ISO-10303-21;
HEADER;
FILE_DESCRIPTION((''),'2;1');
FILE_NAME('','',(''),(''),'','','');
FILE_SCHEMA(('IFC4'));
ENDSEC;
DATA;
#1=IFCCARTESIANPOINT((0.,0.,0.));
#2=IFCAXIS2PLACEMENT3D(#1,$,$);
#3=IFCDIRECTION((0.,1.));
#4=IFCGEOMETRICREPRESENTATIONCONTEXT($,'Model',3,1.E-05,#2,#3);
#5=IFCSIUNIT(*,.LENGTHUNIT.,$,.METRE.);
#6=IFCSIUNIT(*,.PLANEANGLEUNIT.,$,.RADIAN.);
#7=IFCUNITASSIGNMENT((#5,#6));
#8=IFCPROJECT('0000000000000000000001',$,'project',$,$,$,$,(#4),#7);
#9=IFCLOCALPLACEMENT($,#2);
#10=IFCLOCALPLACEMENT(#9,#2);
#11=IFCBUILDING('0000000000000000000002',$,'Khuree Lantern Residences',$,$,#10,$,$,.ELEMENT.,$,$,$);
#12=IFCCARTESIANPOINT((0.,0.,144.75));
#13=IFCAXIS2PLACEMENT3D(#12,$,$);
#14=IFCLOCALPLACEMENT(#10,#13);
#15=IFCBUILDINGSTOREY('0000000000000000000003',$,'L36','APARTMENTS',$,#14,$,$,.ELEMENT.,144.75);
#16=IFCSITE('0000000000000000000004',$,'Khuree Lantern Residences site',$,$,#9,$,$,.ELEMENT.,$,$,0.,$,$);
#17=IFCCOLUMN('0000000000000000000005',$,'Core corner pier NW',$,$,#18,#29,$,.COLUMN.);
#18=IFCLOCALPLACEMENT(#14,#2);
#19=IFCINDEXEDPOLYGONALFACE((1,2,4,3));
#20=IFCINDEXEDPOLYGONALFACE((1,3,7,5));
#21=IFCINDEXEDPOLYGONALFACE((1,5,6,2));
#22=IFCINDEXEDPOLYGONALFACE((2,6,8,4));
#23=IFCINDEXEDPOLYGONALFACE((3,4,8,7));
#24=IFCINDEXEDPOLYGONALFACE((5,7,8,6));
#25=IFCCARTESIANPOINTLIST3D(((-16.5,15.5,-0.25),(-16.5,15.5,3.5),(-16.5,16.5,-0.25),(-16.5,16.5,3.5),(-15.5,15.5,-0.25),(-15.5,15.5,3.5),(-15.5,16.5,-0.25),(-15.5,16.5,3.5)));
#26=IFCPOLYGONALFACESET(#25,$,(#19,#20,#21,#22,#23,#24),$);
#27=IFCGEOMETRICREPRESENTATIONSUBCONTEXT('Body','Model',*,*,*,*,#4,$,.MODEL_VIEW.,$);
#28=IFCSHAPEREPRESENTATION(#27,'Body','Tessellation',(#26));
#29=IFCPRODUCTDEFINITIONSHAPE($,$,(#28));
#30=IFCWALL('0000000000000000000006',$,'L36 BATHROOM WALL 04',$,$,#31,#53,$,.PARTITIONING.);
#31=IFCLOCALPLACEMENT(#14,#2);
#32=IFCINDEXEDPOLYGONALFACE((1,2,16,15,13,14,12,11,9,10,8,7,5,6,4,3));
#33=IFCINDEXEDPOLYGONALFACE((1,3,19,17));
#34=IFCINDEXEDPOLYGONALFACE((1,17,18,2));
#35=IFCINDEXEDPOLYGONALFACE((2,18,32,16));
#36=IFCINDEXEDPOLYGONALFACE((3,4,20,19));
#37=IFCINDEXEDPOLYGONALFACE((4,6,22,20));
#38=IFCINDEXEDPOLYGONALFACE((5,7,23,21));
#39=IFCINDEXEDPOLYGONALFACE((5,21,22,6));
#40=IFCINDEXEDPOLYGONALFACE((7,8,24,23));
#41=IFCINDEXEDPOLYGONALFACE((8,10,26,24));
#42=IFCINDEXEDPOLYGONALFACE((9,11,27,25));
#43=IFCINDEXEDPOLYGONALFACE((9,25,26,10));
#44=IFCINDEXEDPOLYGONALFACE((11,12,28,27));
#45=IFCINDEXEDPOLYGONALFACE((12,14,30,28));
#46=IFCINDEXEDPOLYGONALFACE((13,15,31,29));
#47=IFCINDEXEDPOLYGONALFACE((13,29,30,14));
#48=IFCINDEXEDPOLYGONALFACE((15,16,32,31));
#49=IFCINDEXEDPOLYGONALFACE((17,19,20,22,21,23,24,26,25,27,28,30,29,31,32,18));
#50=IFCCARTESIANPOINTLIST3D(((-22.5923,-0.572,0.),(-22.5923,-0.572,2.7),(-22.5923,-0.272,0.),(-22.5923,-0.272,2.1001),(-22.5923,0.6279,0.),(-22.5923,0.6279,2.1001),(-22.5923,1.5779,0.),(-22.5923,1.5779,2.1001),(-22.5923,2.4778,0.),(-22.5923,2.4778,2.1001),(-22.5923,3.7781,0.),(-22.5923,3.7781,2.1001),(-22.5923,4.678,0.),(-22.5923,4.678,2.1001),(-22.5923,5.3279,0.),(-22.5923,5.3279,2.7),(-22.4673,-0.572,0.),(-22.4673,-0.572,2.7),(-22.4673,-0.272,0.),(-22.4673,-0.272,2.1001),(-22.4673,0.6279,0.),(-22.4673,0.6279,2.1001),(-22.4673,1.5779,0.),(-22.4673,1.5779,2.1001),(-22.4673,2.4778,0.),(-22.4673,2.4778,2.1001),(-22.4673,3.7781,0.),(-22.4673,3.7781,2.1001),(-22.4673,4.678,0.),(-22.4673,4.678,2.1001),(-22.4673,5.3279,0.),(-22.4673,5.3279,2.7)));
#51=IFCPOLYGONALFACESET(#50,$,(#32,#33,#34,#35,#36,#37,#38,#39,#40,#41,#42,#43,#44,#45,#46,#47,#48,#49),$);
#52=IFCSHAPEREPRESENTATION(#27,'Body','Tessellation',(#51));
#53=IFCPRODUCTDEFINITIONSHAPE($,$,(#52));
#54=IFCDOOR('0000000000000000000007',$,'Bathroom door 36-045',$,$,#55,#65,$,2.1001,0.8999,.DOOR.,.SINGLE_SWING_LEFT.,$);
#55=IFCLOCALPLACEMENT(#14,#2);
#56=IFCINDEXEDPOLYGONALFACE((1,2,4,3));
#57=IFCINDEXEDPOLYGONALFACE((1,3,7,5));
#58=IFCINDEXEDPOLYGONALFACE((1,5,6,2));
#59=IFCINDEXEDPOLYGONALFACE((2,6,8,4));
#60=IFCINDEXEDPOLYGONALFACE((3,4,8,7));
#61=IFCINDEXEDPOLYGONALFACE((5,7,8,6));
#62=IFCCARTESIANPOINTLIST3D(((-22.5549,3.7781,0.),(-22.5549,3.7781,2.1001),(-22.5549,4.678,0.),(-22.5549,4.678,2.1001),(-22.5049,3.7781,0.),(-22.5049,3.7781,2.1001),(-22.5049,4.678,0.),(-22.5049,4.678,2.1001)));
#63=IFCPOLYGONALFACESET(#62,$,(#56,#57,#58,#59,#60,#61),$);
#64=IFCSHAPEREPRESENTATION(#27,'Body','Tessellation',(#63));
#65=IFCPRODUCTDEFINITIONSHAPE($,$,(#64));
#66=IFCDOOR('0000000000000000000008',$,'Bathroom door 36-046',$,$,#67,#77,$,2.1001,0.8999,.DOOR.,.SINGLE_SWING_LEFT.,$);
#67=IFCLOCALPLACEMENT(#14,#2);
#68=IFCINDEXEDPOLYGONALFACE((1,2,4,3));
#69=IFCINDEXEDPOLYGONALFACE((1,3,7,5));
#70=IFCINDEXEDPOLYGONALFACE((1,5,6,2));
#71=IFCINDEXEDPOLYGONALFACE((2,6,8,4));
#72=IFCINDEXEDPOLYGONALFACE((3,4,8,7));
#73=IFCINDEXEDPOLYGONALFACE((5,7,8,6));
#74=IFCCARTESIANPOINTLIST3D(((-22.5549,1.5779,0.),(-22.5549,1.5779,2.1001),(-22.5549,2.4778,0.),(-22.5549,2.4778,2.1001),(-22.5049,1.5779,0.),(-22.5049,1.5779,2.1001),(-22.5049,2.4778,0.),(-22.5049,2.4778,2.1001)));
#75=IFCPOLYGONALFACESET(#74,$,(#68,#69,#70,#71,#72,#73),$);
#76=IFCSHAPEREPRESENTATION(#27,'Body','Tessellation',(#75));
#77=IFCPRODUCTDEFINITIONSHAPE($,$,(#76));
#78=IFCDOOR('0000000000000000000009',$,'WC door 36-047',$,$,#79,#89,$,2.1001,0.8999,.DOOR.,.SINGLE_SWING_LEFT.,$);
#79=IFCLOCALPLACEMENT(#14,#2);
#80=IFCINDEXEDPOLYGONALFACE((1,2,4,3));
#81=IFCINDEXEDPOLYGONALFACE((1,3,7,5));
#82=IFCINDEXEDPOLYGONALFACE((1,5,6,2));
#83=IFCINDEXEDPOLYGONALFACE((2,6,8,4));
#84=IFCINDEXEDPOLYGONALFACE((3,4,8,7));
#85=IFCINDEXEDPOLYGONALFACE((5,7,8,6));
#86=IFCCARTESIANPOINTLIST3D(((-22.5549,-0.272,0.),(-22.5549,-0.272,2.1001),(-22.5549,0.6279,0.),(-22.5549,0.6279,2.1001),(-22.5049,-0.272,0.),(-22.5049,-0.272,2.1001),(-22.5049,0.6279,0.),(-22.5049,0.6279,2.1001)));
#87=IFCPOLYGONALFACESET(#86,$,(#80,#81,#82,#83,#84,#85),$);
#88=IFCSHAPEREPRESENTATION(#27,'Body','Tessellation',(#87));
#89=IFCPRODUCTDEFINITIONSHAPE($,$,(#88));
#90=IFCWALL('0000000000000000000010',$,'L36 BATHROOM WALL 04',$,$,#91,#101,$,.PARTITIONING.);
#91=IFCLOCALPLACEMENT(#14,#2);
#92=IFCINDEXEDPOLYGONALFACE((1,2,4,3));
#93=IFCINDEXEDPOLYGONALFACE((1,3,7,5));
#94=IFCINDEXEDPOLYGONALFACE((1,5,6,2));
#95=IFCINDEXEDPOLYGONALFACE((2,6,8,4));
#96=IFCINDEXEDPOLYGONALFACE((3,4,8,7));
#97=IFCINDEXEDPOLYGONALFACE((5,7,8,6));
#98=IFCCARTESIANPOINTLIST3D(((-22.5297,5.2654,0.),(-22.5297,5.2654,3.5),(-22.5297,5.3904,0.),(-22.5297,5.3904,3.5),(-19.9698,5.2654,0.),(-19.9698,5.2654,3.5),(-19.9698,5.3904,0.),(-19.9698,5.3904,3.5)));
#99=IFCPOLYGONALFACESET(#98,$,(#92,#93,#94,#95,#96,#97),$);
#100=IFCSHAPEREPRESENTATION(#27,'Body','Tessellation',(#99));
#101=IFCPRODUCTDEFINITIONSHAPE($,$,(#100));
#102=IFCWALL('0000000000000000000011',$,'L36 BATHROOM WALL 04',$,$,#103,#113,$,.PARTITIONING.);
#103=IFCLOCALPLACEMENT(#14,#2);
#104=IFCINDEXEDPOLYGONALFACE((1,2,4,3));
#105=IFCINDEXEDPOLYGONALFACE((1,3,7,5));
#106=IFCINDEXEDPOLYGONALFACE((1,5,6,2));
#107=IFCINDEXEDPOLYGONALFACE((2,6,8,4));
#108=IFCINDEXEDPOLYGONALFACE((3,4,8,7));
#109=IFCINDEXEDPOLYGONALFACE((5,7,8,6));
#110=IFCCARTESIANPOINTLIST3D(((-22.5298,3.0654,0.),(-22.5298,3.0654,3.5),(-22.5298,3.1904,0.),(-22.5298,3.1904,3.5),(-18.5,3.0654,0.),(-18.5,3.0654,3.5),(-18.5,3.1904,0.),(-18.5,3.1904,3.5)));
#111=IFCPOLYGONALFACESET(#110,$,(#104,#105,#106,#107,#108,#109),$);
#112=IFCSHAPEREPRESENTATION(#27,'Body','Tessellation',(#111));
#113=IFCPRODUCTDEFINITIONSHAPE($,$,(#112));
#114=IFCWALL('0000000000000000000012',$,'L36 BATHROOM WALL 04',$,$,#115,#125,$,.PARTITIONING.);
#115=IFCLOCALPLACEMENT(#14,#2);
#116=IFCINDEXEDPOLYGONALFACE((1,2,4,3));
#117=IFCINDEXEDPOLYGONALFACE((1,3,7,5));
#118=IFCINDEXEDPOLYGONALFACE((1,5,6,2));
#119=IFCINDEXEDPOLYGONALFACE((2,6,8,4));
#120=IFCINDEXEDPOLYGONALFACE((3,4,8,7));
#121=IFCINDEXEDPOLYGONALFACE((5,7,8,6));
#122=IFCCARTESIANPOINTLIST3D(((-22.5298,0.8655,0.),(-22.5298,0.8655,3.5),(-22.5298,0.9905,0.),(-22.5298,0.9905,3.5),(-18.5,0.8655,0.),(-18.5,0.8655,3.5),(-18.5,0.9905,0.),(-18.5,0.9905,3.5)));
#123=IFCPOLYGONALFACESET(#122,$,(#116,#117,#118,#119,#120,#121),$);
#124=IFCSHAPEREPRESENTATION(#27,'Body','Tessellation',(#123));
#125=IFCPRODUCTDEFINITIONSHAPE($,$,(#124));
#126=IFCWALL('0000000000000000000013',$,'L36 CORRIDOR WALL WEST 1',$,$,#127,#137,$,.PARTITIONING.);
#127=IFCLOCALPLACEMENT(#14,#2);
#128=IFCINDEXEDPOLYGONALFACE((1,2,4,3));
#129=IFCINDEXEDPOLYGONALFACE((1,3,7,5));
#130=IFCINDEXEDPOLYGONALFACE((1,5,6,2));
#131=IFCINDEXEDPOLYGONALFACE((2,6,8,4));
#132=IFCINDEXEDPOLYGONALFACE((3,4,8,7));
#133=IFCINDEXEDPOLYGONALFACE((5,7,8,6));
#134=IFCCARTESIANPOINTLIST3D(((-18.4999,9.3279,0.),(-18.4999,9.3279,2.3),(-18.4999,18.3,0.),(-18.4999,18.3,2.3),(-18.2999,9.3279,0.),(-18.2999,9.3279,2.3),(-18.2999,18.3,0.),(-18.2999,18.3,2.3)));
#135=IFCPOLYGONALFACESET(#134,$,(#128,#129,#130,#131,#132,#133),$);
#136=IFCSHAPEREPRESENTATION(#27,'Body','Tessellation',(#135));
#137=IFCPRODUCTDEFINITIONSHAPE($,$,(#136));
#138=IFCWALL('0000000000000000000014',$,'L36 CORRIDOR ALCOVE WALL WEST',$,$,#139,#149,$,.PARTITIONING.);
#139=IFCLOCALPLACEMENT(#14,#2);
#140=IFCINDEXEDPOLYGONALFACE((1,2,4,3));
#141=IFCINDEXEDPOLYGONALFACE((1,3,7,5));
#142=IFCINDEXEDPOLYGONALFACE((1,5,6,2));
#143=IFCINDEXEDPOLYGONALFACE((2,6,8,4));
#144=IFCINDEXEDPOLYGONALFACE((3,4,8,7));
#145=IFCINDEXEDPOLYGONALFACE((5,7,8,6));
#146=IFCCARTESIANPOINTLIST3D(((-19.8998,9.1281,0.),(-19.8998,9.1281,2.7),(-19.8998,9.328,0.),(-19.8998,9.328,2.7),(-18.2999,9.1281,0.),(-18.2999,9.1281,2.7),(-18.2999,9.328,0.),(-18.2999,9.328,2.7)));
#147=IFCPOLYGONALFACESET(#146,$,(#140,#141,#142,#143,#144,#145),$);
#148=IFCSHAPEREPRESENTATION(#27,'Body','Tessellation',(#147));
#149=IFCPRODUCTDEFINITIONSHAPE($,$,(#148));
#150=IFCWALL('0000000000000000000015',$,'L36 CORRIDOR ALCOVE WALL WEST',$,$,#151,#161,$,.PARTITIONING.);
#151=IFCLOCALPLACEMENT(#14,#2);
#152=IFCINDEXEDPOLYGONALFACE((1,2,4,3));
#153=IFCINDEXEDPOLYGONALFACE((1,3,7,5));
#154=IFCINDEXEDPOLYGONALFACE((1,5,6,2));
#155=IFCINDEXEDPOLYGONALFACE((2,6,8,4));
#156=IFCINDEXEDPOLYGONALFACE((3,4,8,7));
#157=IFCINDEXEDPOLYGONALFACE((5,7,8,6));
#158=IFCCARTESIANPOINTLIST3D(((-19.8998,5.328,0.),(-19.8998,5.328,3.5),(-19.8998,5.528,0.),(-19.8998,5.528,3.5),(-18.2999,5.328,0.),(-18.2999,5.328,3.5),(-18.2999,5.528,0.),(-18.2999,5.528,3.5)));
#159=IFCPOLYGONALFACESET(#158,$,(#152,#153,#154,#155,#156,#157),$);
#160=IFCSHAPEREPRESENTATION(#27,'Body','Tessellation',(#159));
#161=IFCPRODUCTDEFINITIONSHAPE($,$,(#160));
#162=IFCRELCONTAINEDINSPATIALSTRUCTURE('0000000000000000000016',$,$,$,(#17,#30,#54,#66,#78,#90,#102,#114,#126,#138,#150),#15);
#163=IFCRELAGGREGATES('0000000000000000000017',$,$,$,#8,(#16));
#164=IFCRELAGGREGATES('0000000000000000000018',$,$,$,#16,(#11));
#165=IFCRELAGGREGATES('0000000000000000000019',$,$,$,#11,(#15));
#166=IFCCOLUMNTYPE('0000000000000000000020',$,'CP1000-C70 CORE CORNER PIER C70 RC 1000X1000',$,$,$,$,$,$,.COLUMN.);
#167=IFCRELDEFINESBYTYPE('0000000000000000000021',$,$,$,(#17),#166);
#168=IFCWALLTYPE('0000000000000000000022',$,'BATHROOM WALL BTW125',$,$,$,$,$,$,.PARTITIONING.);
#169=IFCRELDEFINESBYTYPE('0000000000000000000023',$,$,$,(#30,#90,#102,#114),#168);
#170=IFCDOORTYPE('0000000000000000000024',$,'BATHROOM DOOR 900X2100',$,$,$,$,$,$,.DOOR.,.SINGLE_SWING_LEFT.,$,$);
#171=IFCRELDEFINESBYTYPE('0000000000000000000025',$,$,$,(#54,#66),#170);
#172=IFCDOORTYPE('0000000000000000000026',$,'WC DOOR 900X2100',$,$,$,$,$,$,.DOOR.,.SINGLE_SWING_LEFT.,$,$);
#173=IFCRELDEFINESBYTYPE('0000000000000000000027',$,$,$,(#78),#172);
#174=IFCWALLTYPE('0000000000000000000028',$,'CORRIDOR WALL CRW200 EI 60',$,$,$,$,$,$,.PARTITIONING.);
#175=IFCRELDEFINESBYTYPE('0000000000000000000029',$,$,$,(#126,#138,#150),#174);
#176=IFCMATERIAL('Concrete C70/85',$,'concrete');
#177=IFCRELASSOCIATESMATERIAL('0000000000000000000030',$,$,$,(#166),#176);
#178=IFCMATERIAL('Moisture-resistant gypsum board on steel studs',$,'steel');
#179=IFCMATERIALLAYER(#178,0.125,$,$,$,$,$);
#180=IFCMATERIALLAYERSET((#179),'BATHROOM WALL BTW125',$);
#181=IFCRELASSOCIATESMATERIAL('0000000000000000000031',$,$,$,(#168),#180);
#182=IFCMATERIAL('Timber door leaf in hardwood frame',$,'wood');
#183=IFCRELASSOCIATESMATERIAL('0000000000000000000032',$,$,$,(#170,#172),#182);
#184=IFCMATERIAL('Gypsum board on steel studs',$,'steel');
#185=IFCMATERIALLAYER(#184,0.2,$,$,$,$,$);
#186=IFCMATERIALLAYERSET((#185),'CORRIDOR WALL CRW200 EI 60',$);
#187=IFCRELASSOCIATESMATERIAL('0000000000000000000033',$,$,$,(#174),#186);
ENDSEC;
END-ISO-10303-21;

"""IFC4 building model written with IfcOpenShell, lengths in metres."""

from ifc_helpers import new_model, si_unit, direction, frame, frame_2d, origin, origin_2d, place, context, subcontext, project, spatial, rectangle, extrude, material, layer, layer_set, material_profile, profile_set, type_object, element, fill, save


model = new_model("IFC4")

# Units and contexts
model_context = context("Model", 3, precision=1e-05, world=origin(), true_north=direction((0.0, 1.0)))
body_context = subcontext(model_context, "Body", "Model", "MODEL_VIEW")
ifc_project = project(units=[si_unit("LENGTHUNIT", "METRE"), si_unit("PLANEANGLEUNIT", "RADIAN")], contexts=[model_context])

# Site, building, storey
site_placement = place(None, origin())
site = spatial("IfcSite", under=ifc_project, at=site_placement, Name="Khuree Lantern Residences site", CompositionType="ELEMENT", RefElevation=0.0)
building_placement = place(site_placement, origin())
building = spatial("IfcBuilding", under=site, at=building_placement, Name="Khuree Lantern Residences", CompositionType="ELEMENT")
storey_placement = place(building_placement, frame((0.0, 0.0, 144.75)))
storey = spatial("IfcBuildingStorey", under=building, at=storey_placement, Name="L36", Description="APARTMENTS", CompositionType="ELEMENT", Elevation=144.75)

# Column
ifc_material_1 = material(Name="Concrete C70/85", Category="concrete")
ifc_material_profile = material_profile(ifc_material_1, rectangle(XDim=1.0, YDim=1.0, at=origin_2d()), Name="RC 1000X1000")
ifc_profile_set = profile_set([ifc_material_profile], Name="Concrete C70/85")
column_type = type_object("IfcColumnType", Name="CP1000-C70 CORE CORNER PIER C70 RC 1000X1000", PredefinedType="COLUMN", material=ifc_profile_set)
column_placement = place(storey_placement, frame((-16.0, 16.0, -0.25), z_axis=(0.0, 0.0, 1.0), x_axis=(1.0, 0.0, 0.0)))
element("IfcColumn", 1, at=column_placement, inside=storey, type_object=column_type, Name="Core corner pier NW", PredefinedType="COLUMN", context=body_context, shape_type="SweptSolid", body=[
    extrude(rectangle(XDim=1.0, YDim=1.0, at=origin_2d()), origin(), (0.0, 0.0, 1.0), 3.75),
])

# Wall, openings, doors
ifc_material_2 = material(Name="Moisture-resistant gypsum board on steel studs", Category="steel")
ifc_layer_1 = layer(ifc_material_2, 0.125)
ifc_layer_set_1 = layer_set([ifc_layer_1], Name="BATHROOM WALL BTW125")
wall_type_1 = type_object("IfcWallType", Name="BATHROOM WALL BTW125", PredefinedType="PARTITIONING", material=ifc_layer_set_1)
wall_1_placement = place(storey_placement, frame((-22.5298, 5.3279, 0.0), z_axis=(0.0, 0.0, 1.0), x_axis=(0.0, -1.0, 0.0)))
wall_1 = element("IfcWall", 2, at=wall_1_placement, inside=storey, type_object=wall_type_1, Name="L36 BATHROOM WALL 04", PredefinedType="PARTITIONING", context=body_context, shape_type="SweptSolid", body=[
    extrude(rectangle(XDim=5.8999, YDim=0.125, at=frame_2d((2.95, 0.0))), origin(), (0.0, 0.0, 1.0), 2.7),
])
opening_1_placement = place(wall_1_placement, frame((0.6499, 0.0, 0.0)))
opening_1 = element("IfcOpeningElement", 3, at=opening_1_placement, cuts=wall_1, PredefinedType="OPENING", context=body_context, shape_type="SweptSolid", body=[
    extrude(rectangle(XDim=0.8999, YDim=2.1001, at=frame_2d((0.45, 1.05))), frame((0.0, 0.0725, 0.0), z_axis=(0.0, -1.0, 0.0), x_axis=(1.0, 0.0, 0.0)), (0.0, 0.0, 1.0), 0.145),
])
opening_2_placement = place(wall_1_placement, frame((2.8501, 0.0, 0.0)))
opening_2 = element("IfcOpeningElement", 4, at=opening_2_placement, cuts=wall_1, PredefinedType="OPENING", context=body_context, shape_type="SweptSolid", body=[
    extrude(rectangle(XDim=0.8999, YDim=2.1001, at=frame_2d((0.45, 1.05))), frame((0.0, 0.0725, 0.0), z_axis=(0.0, -1.0, 0.0), x_axis=(1.0, 0.0, 0.0)), (0.0, 0.0, 1.0), 0.145),
])
opening_3_placement = place(wall_1_placement, frame((4.7, 0.0, 0.0)))
opening_3 = element("IfcOpeningElement", 5, at=opening_3_placement, cuts=wall_1, PredefinedType="OPENING", context=body_context, shape_type="SweptSolid", body=[
    extrude(rectangle(XDim=0.8999, YDim=2.1001, at=frame_2d((0.45, 1.05))), frame((0.0, 0.0725, 0.0), z_axis=(0.0, -1.0, 0.0), x_axis=(1.0, 0.0, 0.0)), (0.0, 0.0, 1.0), 0.145),
])
ifc_material_3 = material(Name="Timber door leaf in hardwood frame", Category="wood")
door_type_1 = type_object("IfcDoorType", Name="BATHROOM DOOR 900X2100", OperationType="SINGLE_SWING_LEFT", PredefinedType="DOOR", material=ifc_material_3)
door_1_placement = place(opening_1_placement, origin())
door_1 = element("IfcDoor", 6, at=door_1_placement, inside=storey, type_object=door_type_1, Name="Bathroom door 36-045", OperationType="SINGLE_SWING_LEFT", OverallHeight=2.1001, OverallWidth=0.8999, PredefinedType="DOOR", context=body_context, shape_type="SweptSolid", body=[
    extrude(rectangle(XDim=0.8999, YDim=2.1001, at=frame_2d((0.45, 1.05))), frame((0.0, 0.0249, 0.0), z_axis=(0.0, -1.0, 0.0), x_axis=(1.0, 0.0, 0.0)), (0.0, 0.0, 1.0), 0.05),
])
fill(opening_1, door_1)
door_2_placement = place(opening_2_placement, origin())
door_2 = element("IfcDoor", 7, at=door_2_placement, inside=storey, type_object=door_type_1, Name="Bathroom door 36-046", OperationType="SINGLE_SWING_LEFT", OverallHeight=2.1001, OverallWidth=0.8999, PredefinedType="DOOR", context=body_context, shape_type="SweptSolid", body=[
    extrude(rectangle(XDim=0.8999, YDim=2.1001, at=frame_2d((0.45, 1.05))), frame((0.0, 0.0249, 0.0), z_axis=(0.0, -1.0, 0.0), x_axis=(1.0, 0.0, 0.0)), (0.0, 0.0, 1.0), 0.05),
])
fill(opening_2, door_2)
door_type_2 = type_object("IfcDoorType", Name="WC DOOR 900X2100", OperationType="SINGLE_SWING_LEFT", PredefinedType="DOOR", material=ifc_material_3)
door_3_placement = place(opening_3_placement, origin())
door_3 = element("IfcDoor", 8, at=door_3_placement, inside=storey, type_object=door_type_2, Name="WC door 36-047", OperationType="SINGLE_SWING_LEFT", OverallHeight=2.1001, OverallWidth=0.8999, PredefinedType="DOOR", context=body_context, shape_type="SweptSolid", body=[
    extrude(rectangle(XDim=0.8999, YDim=2.1001, at=frame_2d((0.45, 1.05))), frame((0.0, 0.0249, 0.0), z_axis=(0.0, -1.0, 0.0), x_axis=(1.0, 0.0, 0.0)), (0.0, 0.0, 1.0), 0.05),
])
fill(opening_3, door_3)

# Walls
wall_2_placement = place(storey_placement, frame((-19.97, 5.3279, 0.0), z_axis=(0.0, 0.0, 1.0), x_axis=(-1.0, 0.0, 0.0)))
element("IfcWall", 9, at=wall_2_placement, inside=storey, type_object=wall_type_1, Name="L36 BATHROOM WALL 04", PredefinedType="PARTITIONING", context=body_context, shape_type="SweptSolid", body=[
    extrude(rectangle(XDim=2.5598, YDim=0.125, at=frame_2d((1.2798, 0.0))), origin(), (0.0, 0.0, 1.0), 3.5),
])
for number, where, z_axis, x_axis, name in (
    (10, (-18.5, 3.1279, 0.0), (0.0, 0.0, 1.0), (-1.0, 0.0, 0.0), "L36 BATHROOM WALL 04"),
    (11, (-18.5, 0.928, 0.0), (0.0, 0.0, 1.0), (-1.0, 0.0, 0.0), "L36 BATHROOM WALL 04"),
):
    element("IfcWall", number, at=place(storey_placement, frame(where, z_axis=z_axis, x_axis=x_axis)), inside=storey, type_object=wall_type_1, Name=name, PredefinedType="PARTITIONING", context=body_context, shape_type="SweptSolid", body=[
        extrude(rectangle(XDim=4.0298, YDim=0.125, at=frame_2d((2.0149, 0.0))), origin(), (0.0, 0.0, 1.0), 3.5),
    ])
ifc_material_4 = material(Name="Gypsum board on steel studs", Category="steel")
ifc_layer_2 = layer(ifc_material_4, 0.2)
ifc_layer_set_2 = layer_set([ifc_layer_2], Name="CORRIDOR WALL CRW200 EI 60")
wall_type_2 = type_object("IfcWallType", Name="CORRIDOR WALL CRW200 EI 60", PredefinedType="PARTITIONING", material=ifc_layer_set_2)
wall_3_placement = place(storey_placement, frame((-18.3999, 18.3, 0.0), z_axis=(0.0, 0.0, 1.0), x_axis=(0.0, -1.0, 0.0)))
element("IfcWall", 12, at=wall_3_placement, inside=storey, type_object=wall_type_2, Name="L36 CORRIDOR WALL WEST 1", PredefinedType="PARTITIONING", context=body_context, shape_type="SweptSolid", body=[
    extrude(rectangle(XDim=8.9722, YDim=0.2, at=frame_2d((4.4861, 0.0))), origin(), (0.0, 0.0, 1.0), 2.3),
])
wall_4_placement = place(storey_placement, frame((-18.3, 9.228, 0.0), z_axis=(0.0, 0.0, 1.0), x_axis=(-1.0, 0.0, 0.0)))
element("IfcWall", 13, at=wall_4_placement, inside=storey, type_object=wall_type_2, Name="L36 CORRIDOR ALCOVE WALL WEST", PredefinedType="PARTITIONING", context=body_context, shape_type="SweptSolid", body=[
    extrude(rectangle(XDim=1.5999, YDim=0.2, at=frame_2d((0.7998, 0.0))), origin(), (0.0, 0.0, 1.0), 2.7),
])
wall_5_placement = place(storey_placement, frame((-18.3, 5.428, 0.0), z_axis=(0.0, 0.0, 1.0), x_axis=(-1.0, 0.0, 0.0)))
element("IfcWall", 14, at=wall_5_placement, inside=storey, type_object=wall_type_2, Name="L36 CORRIDOR ALCOVE WALL WEST", PredefinedType="PARTITIONING", context=body_context, shape_type="SweptSolid", body=[
    extrude(rectangle(XDim=1.5999, YDim=0.2, at=frame_2d((0.7998, 0.0))), origin(), (0.0, 0.0, 1.0), 3.5),
])

save(model, "model.ifc")
